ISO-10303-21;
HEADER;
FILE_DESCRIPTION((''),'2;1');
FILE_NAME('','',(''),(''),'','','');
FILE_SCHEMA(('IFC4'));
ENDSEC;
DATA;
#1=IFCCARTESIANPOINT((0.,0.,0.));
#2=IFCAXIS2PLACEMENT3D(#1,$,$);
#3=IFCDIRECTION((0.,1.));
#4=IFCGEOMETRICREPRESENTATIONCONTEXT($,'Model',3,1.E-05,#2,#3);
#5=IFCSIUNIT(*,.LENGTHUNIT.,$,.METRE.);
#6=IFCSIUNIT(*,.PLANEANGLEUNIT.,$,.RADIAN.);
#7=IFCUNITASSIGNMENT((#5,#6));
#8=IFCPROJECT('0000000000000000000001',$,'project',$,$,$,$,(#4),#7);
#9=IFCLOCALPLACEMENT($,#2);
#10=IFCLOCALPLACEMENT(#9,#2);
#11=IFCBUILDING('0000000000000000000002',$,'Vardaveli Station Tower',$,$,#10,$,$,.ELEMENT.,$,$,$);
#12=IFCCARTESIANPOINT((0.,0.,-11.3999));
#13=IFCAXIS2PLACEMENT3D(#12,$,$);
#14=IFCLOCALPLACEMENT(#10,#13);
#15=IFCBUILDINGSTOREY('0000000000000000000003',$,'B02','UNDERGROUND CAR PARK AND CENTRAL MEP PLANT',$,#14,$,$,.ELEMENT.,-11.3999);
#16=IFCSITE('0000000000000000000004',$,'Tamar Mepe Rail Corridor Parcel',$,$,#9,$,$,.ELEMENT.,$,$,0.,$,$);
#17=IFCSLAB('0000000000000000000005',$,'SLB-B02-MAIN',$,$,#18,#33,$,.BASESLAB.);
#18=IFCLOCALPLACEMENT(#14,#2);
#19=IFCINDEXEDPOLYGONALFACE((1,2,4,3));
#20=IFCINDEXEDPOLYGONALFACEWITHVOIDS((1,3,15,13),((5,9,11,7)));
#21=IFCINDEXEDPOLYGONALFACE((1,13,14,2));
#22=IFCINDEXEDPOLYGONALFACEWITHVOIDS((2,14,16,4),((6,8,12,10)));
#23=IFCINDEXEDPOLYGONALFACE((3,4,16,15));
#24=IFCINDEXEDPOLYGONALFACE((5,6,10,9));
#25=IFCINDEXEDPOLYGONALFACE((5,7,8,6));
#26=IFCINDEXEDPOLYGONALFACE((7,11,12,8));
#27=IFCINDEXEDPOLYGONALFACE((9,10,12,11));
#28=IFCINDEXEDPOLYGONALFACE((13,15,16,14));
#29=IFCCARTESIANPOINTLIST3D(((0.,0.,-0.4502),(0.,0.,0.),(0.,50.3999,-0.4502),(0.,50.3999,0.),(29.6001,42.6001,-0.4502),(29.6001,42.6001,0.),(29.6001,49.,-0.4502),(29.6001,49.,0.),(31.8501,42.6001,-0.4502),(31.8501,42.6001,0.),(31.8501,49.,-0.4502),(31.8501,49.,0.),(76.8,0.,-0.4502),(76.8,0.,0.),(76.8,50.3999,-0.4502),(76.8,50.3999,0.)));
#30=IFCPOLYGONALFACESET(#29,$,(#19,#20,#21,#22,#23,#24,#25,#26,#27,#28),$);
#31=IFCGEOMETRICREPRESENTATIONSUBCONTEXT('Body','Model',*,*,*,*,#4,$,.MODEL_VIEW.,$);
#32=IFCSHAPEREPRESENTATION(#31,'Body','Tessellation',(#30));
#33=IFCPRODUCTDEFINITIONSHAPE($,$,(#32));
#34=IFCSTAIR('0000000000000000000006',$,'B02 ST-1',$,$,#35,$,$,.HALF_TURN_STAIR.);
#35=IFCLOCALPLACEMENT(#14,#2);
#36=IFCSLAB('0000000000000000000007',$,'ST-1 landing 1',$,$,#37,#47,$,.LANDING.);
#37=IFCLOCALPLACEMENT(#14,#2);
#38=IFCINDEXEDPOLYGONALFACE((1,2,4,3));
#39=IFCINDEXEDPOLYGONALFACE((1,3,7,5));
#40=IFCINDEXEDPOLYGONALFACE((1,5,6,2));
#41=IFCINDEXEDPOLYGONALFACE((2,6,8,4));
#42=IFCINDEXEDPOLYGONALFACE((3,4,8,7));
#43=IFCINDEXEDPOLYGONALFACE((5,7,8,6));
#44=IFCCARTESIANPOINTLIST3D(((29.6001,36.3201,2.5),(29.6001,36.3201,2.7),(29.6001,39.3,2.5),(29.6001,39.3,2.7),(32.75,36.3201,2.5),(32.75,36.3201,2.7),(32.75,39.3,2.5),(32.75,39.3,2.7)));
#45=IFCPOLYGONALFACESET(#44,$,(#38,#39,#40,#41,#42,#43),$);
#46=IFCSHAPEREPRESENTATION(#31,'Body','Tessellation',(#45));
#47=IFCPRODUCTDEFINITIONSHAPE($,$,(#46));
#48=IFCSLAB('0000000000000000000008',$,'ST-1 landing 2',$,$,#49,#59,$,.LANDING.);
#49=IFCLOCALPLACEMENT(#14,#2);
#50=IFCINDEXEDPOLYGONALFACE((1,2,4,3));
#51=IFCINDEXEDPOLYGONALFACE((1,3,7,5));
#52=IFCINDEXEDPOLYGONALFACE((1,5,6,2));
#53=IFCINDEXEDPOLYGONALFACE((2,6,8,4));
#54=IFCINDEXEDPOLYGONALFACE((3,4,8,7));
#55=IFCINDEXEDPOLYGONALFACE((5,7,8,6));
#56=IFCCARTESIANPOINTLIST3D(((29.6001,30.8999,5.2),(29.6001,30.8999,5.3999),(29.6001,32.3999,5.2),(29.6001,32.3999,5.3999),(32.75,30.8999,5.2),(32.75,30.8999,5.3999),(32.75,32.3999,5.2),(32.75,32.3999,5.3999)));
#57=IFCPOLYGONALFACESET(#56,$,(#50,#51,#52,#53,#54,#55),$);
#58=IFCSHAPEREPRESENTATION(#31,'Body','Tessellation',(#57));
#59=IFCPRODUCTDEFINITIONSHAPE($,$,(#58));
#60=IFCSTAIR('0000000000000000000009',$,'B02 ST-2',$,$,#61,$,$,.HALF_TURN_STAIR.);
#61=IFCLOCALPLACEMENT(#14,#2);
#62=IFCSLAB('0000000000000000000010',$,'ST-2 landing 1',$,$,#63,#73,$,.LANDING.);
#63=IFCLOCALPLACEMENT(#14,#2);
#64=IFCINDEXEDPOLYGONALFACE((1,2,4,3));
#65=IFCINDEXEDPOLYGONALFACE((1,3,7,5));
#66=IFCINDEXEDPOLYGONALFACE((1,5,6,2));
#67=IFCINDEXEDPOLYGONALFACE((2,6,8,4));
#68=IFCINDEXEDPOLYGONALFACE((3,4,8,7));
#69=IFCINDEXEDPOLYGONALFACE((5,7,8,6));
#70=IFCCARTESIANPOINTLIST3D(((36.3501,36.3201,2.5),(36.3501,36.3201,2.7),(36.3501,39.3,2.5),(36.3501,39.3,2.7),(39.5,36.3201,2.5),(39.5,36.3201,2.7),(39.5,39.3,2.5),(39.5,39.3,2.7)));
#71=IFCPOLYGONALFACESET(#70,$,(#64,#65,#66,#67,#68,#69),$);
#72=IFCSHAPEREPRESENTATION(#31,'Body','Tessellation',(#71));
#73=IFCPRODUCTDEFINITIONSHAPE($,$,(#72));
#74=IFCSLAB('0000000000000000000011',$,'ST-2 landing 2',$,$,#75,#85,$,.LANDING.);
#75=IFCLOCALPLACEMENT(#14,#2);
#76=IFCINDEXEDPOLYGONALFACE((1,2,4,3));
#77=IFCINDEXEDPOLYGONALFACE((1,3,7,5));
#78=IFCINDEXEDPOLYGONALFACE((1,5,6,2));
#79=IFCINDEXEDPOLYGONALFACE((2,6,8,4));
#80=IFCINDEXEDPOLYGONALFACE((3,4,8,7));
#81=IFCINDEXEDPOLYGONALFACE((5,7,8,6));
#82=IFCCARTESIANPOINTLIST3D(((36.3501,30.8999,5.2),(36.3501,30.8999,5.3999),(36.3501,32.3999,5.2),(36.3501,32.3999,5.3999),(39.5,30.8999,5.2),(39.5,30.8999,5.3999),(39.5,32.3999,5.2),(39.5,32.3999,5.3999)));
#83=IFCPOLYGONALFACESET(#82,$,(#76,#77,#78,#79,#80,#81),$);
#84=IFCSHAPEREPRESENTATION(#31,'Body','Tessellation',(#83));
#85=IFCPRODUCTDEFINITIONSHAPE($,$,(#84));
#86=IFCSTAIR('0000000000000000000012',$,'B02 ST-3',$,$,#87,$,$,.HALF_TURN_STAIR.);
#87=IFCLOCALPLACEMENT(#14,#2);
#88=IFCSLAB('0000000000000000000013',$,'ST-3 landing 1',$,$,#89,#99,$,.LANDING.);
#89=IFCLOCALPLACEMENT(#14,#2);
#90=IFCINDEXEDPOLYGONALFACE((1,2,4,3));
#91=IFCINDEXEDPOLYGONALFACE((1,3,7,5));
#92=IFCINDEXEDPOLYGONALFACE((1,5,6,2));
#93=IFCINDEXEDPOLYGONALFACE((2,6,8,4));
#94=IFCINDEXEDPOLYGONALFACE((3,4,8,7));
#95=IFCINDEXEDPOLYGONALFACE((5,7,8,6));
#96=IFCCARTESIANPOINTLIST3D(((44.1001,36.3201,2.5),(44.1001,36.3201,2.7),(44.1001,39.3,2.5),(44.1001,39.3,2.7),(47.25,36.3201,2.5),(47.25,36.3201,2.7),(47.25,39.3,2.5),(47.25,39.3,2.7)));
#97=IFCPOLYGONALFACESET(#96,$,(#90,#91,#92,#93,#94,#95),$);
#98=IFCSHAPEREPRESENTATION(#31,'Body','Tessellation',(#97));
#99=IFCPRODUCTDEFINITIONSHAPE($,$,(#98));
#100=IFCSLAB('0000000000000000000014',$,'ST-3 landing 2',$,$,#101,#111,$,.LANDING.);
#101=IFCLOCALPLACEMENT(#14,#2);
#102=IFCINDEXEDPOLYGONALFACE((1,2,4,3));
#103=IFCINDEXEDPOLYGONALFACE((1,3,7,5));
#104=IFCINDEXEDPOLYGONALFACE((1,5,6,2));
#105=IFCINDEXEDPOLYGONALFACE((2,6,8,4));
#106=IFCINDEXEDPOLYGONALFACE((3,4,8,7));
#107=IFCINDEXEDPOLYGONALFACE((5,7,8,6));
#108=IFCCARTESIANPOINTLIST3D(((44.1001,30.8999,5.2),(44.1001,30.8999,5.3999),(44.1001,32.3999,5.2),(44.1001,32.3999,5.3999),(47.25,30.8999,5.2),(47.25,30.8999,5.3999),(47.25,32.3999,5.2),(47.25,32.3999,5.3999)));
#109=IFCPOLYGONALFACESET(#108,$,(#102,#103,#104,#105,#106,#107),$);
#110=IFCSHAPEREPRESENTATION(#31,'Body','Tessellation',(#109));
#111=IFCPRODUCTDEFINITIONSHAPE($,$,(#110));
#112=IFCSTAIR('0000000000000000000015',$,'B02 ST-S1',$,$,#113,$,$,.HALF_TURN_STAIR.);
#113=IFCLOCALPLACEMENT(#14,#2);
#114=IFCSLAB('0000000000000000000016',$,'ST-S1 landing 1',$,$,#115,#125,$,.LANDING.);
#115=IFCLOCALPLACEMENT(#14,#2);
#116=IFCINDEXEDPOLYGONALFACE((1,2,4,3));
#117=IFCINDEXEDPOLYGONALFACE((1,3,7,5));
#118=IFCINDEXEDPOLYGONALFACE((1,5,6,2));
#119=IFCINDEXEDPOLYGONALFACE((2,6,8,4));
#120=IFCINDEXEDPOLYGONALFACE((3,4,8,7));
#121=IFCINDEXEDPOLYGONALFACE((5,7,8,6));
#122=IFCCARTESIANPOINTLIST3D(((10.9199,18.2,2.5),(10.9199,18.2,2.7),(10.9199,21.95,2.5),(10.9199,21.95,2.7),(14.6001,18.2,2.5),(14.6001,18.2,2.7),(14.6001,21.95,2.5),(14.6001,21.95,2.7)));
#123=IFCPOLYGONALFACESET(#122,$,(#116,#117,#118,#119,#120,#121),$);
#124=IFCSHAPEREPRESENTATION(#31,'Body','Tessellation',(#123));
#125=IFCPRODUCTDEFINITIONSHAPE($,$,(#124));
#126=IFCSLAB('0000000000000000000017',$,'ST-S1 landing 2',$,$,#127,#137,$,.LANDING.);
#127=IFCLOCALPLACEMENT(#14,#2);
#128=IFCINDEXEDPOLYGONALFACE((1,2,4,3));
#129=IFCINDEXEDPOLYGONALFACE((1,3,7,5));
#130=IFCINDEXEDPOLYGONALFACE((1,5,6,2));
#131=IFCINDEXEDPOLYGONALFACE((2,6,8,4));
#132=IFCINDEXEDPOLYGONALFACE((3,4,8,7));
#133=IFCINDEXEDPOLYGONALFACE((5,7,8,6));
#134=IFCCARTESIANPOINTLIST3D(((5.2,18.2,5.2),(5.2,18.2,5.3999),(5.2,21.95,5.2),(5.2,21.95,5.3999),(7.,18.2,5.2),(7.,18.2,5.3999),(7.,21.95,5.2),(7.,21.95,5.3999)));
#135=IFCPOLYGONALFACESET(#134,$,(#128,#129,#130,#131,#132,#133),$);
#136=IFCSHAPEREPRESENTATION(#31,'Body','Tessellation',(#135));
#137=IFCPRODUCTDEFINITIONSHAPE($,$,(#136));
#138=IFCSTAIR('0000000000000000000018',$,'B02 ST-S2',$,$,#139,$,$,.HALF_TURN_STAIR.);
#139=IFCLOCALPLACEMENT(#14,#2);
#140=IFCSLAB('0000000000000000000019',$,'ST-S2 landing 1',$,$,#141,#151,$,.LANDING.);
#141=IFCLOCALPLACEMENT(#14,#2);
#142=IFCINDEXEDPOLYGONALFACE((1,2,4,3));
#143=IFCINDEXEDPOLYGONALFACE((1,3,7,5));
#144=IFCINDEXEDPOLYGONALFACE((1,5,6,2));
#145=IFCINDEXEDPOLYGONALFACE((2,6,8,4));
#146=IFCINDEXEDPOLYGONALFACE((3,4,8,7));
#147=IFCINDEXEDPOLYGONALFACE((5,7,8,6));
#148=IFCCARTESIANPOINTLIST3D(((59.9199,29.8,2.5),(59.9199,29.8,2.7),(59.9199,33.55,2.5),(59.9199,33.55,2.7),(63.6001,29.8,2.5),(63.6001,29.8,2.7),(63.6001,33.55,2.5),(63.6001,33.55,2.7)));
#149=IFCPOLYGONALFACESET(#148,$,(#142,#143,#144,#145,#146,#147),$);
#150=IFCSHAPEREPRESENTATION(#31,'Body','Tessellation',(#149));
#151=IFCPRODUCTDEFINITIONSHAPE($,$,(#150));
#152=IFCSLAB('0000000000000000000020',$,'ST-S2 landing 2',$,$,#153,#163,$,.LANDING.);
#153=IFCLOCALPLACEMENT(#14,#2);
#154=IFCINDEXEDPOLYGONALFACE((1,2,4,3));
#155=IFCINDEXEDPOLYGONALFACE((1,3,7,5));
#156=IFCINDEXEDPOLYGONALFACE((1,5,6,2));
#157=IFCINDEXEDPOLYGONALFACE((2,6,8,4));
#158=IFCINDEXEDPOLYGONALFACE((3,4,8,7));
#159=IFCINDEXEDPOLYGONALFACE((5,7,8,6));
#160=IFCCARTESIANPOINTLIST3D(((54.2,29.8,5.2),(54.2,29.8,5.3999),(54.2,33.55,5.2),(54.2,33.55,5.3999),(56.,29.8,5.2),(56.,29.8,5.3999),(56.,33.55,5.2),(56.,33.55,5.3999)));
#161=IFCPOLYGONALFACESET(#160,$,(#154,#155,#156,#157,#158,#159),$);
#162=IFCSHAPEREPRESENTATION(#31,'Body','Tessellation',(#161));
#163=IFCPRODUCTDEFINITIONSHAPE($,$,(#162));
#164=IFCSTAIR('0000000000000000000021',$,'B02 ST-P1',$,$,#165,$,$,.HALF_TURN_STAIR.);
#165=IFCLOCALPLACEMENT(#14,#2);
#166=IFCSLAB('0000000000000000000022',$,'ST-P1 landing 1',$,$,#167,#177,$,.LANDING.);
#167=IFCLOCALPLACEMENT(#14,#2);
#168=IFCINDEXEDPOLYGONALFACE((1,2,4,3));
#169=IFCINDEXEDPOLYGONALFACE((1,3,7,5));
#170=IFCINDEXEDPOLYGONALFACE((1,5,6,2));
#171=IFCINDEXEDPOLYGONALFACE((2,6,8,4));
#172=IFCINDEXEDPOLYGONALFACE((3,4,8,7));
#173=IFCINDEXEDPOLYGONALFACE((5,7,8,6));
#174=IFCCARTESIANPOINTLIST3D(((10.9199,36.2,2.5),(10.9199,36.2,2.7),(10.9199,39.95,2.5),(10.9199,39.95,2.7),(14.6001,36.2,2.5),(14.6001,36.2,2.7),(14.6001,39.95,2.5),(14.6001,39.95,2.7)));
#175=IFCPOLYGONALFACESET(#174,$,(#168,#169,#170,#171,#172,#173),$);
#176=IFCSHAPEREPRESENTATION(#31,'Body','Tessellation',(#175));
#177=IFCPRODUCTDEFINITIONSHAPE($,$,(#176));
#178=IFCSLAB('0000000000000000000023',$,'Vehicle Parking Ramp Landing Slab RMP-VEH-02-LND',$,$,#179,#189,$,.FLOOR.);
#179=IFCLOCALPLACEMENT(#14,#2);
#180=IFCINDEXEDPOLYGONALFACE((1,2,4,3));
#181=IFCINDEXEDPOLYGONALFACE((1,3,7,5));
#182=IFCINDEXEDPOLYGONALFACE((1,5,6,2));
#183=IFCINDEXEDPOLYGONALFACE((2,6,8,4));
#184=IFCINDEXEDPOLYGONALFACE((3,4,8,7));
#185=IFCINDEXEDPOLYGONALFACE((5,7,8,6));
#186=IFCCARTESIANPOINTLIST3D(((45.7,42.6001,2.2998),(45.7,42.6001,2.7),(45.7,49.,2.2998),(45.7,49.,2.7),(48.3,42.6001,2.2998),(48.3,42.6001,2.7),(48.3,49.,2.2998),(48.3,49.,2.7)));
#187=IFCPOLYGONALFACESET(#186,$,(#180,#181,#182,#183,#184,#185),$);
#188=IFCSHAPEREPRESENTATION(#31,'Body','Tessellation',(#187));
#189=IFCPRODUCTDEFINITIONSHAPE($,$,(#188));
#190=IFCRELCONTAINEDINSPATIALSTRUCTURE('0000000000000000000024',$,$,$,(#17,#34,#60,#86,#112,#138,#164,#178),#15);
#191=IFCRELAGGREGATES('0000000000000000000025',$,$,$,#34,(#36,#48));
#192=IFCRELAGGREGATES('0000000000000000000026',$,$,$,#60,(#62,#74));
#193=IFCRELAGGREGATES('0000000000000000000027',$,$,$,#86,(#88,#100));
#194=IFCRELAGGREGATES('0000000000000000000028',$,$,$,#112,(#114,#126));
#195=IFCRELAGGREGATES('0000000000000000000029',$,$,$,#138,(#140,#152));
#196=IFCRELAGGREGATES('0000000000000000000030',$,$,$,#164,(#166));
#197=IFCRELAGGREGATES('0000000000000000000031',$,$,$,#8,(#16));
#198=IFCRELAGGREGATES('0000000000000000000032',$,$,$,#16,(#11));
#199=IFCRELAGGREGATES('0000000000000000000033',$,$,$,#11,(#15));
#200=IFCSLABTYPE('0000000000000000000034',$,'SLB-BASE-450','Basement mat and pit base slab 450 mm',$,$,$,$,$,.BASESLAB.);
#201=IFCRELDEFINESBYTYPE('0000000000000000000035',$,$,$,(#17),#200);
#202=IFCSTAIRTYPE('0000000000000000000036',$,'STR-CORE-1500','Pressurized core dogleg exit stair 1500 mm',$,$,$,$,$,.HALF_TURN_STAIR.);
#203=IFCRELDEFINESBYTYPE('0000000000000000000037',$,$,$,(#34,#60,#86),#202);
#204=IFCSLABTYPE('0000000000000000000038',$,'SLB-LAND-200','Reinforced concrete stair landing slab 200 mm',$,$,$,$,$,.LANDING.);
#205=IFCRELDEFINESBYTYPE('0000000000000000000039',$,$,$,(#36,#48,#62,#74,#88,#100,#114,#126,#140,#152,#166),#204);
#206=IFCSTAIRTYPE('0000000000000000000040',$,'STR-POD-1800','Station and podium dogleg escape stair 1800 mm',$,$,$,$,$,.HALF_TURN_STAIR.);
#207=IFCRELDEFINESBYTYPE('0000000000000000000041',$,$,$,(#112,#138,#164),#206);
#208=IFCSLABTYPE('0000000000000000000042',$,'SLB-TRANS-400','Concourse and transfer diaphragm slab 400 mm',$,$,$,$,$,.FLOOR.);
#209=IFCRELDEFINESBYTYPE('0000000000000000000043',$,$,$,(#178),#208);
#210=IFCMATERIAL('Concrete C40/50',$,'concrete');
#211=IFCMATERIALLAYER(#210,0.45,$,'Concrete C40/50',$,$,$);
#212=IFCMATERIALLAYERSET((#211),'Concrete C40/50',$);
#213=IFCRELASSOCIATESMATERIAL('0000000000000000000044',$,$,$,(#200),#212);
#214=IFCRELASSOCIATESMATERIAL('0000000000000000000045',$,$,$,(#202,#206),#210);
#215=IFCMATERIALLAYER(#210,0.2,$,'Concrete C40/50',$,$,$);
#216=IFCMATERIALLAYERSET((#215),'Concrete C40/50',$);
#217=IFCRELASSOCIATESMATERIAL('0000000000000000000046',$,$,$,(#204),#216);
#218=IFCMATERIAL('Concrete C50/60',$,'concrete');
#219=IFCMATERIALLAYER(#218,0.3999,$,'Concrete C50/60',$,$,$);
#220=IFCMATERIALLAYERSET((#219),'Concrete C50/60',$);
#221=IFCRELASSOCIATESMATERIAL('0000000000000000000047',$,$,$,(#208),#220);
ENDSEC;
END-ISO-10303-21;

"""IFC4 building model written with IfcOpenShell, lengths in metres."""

from ifc_helpers import new_model, si_unit, direction, frame, origin, place, context, subcontext, project, spatial, polyline, outline, extrude, material, layer, layer_set, type_object, element, aggregate, save


model = new_model("IFC4")

# Units and contexts
model_context = context("Model", 3, precision=1e-05, world=origin(), true_north=direction((0.0, 1.0)))
body_context = subcontext(model_context, "Body", "Model", "MODEL_VIEW")
ifc_project = project(units=[si_unit("LENGTHUNIT", "METRE"), si_unit("PLANEANGLEUNIT", "RADIAN")], contexts=[model_context])

# Site, building, storey
site_placement = place(None, origin())
site = spatial("IfcSite", under=ifc_project, at=site_placement, Name="Tamar Mepe Rail Corridor Parcel", CompositionType="ELEMENT", RefElevation=0.0)
building_placement = place(site_placement, origin())
building = spatial("IfcBuilding", under=site, at=building_placement, Name="Vardaveli Station Tower", CompositionType="ELEMENT")
storey_placement = place(building_placement, frame((0.0, 0.0, -11.3999)))
storey = spatial("IfcBuildingStorey", under=building, at=storey_placement, Name="B02", Description="UNDERGROUND CAR PARK AND CENTRAL MEP PLANT", CompositionType="ELEMENT", Elevation=-11.3999)

# Shared definitions
ifc_material_1 = material(Name="Concrete C50/60", Category="concrete")

# Slab
ifc_material_2 = material(Name="Concrete C40/50", Category="concrete")
ifc_layer_1 = layer(ifc_material_2, 0.45, Name="Concrete C40/50")
ifc_layer_set_1 = layer_set([ifc_layer_1], Name="Concrete C40/50")
slab_type_1 = type_object("IfcSlabType", Name="SLB-BASE-450", Description="Basement mat and pit base slab 450 mm", PredefinedType="BASESLAB", material=ifc_layer_set_1)
slab_1_placement = place(storey_placement, frame((0.0, 0.0, -0.4502)))
element("IfcSlab", 1, at=slab_1_placement, inside=storey, type_object=slab_type_1, Name="SLB-B02-MAIN", PredefinedType="BASESLAB", context=body_context, shape_type="SweptSolid", body=[
    extrude(outline(polyline([(0.0, 0.0), (76.8, 0.0), (76.8, 50.3999), (0.0, 50.3999), (0.0, 0.0)]), holes=[polyline([(29.6001, 42.6001), (31.8501, 42.6001), (31.8501, 49.0), (29.6001, 49.0), (29.6001, 42.6001)])]), origin(), (0.0, 0.0, 1.0), 0.4502),
])

# Stairs, slabs
stair_type_1 = type_object("IfcStairType", Name="STR-CORE-1500", Description="Pressurized core dogleg exit stair 1500 mm", PredefinedType="HALF_TURN_STAIR", material=ifc_material_2)
stair_1_placement = place(storey_placement, origin())
stair_1 = element("IfcStair", 2, at=stair_1_placement, inside=storey, type_object=stair_type_1, Name="B02 ST-1", PredefinedType="HALF_TURN_STAIR")
ifc_layer_2 = layer(ifc_material_2, 0.2, Name="Concrete C40/50")
ifc_layer_set_2 = layer_set([ifc_layer_2], Name="Concrete C40/50")
slab_type_2 = type_object("IfcSlabType", Name="SLB-LAND-200", Description="Reinforced concrete stair landing slab 200 mm", PredefinedType="LANDING", material=ifc_layer_set_2)
slab_2_placement = place(storey_placement, frame((0.0, 0.0, 2.5)))
slab_2 = element("IfcSlab", 3, at=slab_2_placement, type_object=slab_type_2, Name="ST-1 landing 1", PredefinedType="LANDING", context=body_context, shape_type="SweptSolid", body=[
    extrude(outline(polyline([(32.75, 36.3201), (32.75, 39.3), (29.6001, 39.3), (29.6001, 36.3201), (32.75, 36.3201)])), origin(), (0.0, 0.0, 1.0), 0.2),
])
slab_3_placement = place(storey_placement, frame((0.0, 0.0, 5.2)))
slab_3 = element("IfcSlab", 4, at=slab_3_placement, type_object=slab_type_2, Name="ST-1 landing 2", PredefinedType="LANDING", context=body_context, shape_type="SweptSolid", body=[
    extrude(outline(polyline([(32.75, 30.8999), (32.75, 32.3999), (29.6001, 32.3999), (29.6001, 30.8999), (32.75, 30.8999)])), origin(), (0.0, 0.0, 1.0), 0.2),
])
aggregate(stair_1, [slab_2, slab_3])
stair_2_placement = place(storey_placement, origin())
stair_2 = element("IfcStair", 5, at=stair_2_placement, inside=storey, type_object=stair_type_1, Name="B02 ST-2", PredefinedType="HALF_TURN_STAIR")
slab_4_placement = place(storey_placement, frame((0.0, 0.0, 2.5)))
slab_4 = element("IfcSlab", 6, at=slab_4_placement, type_object=slab_type_2, Name="ST-2 landing 1", PredefinedType="LANDING", context=body_context, shape_type="SweptSolid", body=[
    extrude(outline(polyline([(39.5, 36.3201), (39.5, 39.3), (36.3501, 39.3), (36.3501, 36.3201), (39.5, 36.3201)])), origin(), (0.0, 0.0, 1.0), 0.2),
])
slab_5_placement = place(storey_placement, frame((0.0, 0.0, 5.2)))
slab_5 = element("IfcSlab", 7, at=slab_5_placement, type_object=slab_type_2, Name="ST-2 landing 2", PredefinedType="LANDING", context=body_context, shape_type="SweptSolid", body=[
    extrude(outline(polyline([(39.5, 30.8999), (39.5, 32.3999), (36.3501, 32.3999), (36.3501, 30.8999), (39.5, 30.8999)])), origin(), (0.0, 0.0, 1.0), 0.2),
])
aggregate(stair_2, [slab_4, slab_5])
stair_3_placement = place(storey_placement, origin())
stair_3 = element("IfcStair", 8, at=stair_3_placement, inside=storey, type_object=stair_type_1, Name="B02 ST-3", PredefinedType="HALF_TURN_STAIR")
slab_6_placement = place(storey_placement, frame((0.0, 0.0, 2.5)))
slab_6 = element("IfcSlab", 9, at=slab_6_placement, type_object=slab_type_2, Name="ST-3 landing 1", PredefinedType="LANDING", context=body_context, shape_type="SweptSolid", body=[
    extrude(outline(polyline([(47.25, 36.3201), (47.25, 39.3), (44.1001, 39.3), (44.1001, 36.3201), (47.25, 36.3201)])), origin(), (0.0, 0.0, 1.0), 0.2),
])
slab_7_placement = place(storey_placement, frame((0.0, 0.0, 5.2)))
slab_7 = element("IfcSlab", 10, at=slab_7_placement, type_object=slab_type_2, Name="ST-3 landing 2", PredefinedType="LANDING", context=body_context, shape_type="SweptSolid", body=[
    extrude(outline(polyline([(47.25, 30.8999), (47.25, 32.3999), (44.1001, 32.3999), (44.1001, 30.8999), (47.25, 30.8999)])), origin(), (0.0, 0.0, 1.0), 0.2),
])
aggregate(stair_3, [slab_6, slab_7])
stair_type_2 = type_object("IfcStairType", Name="STR-POD-1800", Description="Station and podium dogleg escape stair 1800 mm", PredefinedType="HALF_TURN_STAIR", material=ifc_material_2)
stair_4_placement = place(storey_placement, origin())
stair_4 = element("IfcStair", 11, at=stair_4_placement, inside=storey, type_object=stair_type_2, Name="B02 ST-S1", PredefinedType="HALF_TURN_STAIR")
slab_8_placement = place(storey_placement, frame((0.0, 0.0, 2.5)))
slab_8 = element("IfcSlab", 12, at=slab_8_placement, type_object=slab_type_2, Name="ST-S1 landing 1", PredefinedType="LANDING", context=body_context, shape_type="SweptSolid", body=[
    extrude(outline(polyline([(10.9199, 18.2), (14.6001, 18.2), (14.6001, 21.95), (10.9199, 21.95), (10.9199, 18.2)])), origin(), (0.0, 0.0, 1.0), 0.2),
])
slab_9_placement = place(storey_placement, frame((0.0, 0.0, 5.2)))
slab_9 = element("IfcSlab", 13, at=slab_9_placement, type_object=slab_type_2, Name="ST-S1 landing 2", PredefinedType="LANDING", context=body_context, shape_type="SweptSolid", body=[
    extrude(outline(polyline([(5.2, 18.2), (7.0, 18.2), (7.0, 21.95), (5.2, 21.95), (5.2, 18.2)])), origin(), (0.0, 0.0, 1.0), 0.2),
])
aggregate(stair_4, [slab_8, slab_9])
stair_5_placement = place(storey_placement, origin())
stair_5 = element("IfcStair", 14, at=stair_5_placement, inside=storey, type_object=stair_type_2, Name="B02 ST-S2", PredefinedType="HALF_TURN_STAIR")
slab_10_placement = place(storey_placement, frame((0.0, 0.0, 2.5)))
slab_10 = element("IfcSlab", 15, at=slab_10_placement, type_object=slab_type_2, Name="ST-S2 landing 1", PredefinedType="LANDING", context=body_context, shape_type="SweptSolid", body=[
    extrude(outline(polyline([(59.9199, 29.8), (63.6001, 29.8), (63.6001, 33.55), (59.9199, 33.55), (59.9199, 29.8)])), origin(), (0.0, 0.0, 1.0), 0.2),
])
slab_11_placement = place(storey_placement, frame((0.0, 0.0, 5.2)))
slab_11 = element("IfcSlab", 16, at=slab_11_placement, type_object=slab_type_2, Name="ST-S2 landing 2", PredefinedType="LANDING", context=body_context, shape_type="SweptSolid", body=[
    extrude(outline(polyline([(54.2, 29.8), (56.0, 29.8), (56.0, 33.55), (54.2, 33.55), (54.2, 29.8)])), origin(), (0.0, 0.0, 1.0), 0.2),
])
aggregate(stair_5, [slab_10, slab_11])

# Stair, slab
stair_6_placement = place(storey_placement, origin())
stair_6 = element("IfcStair", 17, at=stair_6_placement, inside=storey, type_object=stair_type_2, Name="B02 ST-P1", PredefinedType="HALF_TURN_STAIR")
slab_12_placement = place(storey_placement, frame((0.0, 0.0, 2.5)))
slab_12 = element("IfcSlab", 18, at=slab_12_placement, type_object=slab_type_2, Name="ST-P1 landing 1", PredefinedType="LANDING", context=body_context, shape_type="SweptSolid", body=[
    extrude(outline(polyline([(10.9199, 36.2), (14.6001, 36.2), (14.6001, 39.95), (10.9199, 39.95), (10.9199, 36.2)])), origin(), (0.0, 0.0, 1.0), 0.2),
])
aggregate(stair_6, [slab_12])

# Slab
ifc_layer_3 = layer(ifc_material_1, 0.3999, Name="Concrete C50/60")
ifc_layer_set_3 = layer_set([ifc_layer_3], Name="Concrete C50/60")
slab_type_3 = type_object("IfcSlabType", Name="SLB-TRANS-400", Description="Concourse and transfer diaphragm slab 400 mm", PredefinedType="FLOOR", material=ifc_layer_set_3)
slab_13_placement = place(storey_placement, frame((0.0, 0.0, 2.2998)))
element("IfcSlab", 19, at=slab_13_placement, inside=storey, type_object=slab_type_3, Name="Vehicle Parking Ramp Landing Slab RMP-VEH-02-LND", PredefinedType="FLOOR", context=body_context, shape_type="SweptSolid", body=[
    extrude(outline(polyline([(45.7, 42.6001), (48.3, 42.6001), (48.3, 49.0), (45.7, 49.0), (45.7, 42.6001)])), origin(), (0.0, 0.0, 1.0), 0.4001),
])

save(model, "model.ifc")
